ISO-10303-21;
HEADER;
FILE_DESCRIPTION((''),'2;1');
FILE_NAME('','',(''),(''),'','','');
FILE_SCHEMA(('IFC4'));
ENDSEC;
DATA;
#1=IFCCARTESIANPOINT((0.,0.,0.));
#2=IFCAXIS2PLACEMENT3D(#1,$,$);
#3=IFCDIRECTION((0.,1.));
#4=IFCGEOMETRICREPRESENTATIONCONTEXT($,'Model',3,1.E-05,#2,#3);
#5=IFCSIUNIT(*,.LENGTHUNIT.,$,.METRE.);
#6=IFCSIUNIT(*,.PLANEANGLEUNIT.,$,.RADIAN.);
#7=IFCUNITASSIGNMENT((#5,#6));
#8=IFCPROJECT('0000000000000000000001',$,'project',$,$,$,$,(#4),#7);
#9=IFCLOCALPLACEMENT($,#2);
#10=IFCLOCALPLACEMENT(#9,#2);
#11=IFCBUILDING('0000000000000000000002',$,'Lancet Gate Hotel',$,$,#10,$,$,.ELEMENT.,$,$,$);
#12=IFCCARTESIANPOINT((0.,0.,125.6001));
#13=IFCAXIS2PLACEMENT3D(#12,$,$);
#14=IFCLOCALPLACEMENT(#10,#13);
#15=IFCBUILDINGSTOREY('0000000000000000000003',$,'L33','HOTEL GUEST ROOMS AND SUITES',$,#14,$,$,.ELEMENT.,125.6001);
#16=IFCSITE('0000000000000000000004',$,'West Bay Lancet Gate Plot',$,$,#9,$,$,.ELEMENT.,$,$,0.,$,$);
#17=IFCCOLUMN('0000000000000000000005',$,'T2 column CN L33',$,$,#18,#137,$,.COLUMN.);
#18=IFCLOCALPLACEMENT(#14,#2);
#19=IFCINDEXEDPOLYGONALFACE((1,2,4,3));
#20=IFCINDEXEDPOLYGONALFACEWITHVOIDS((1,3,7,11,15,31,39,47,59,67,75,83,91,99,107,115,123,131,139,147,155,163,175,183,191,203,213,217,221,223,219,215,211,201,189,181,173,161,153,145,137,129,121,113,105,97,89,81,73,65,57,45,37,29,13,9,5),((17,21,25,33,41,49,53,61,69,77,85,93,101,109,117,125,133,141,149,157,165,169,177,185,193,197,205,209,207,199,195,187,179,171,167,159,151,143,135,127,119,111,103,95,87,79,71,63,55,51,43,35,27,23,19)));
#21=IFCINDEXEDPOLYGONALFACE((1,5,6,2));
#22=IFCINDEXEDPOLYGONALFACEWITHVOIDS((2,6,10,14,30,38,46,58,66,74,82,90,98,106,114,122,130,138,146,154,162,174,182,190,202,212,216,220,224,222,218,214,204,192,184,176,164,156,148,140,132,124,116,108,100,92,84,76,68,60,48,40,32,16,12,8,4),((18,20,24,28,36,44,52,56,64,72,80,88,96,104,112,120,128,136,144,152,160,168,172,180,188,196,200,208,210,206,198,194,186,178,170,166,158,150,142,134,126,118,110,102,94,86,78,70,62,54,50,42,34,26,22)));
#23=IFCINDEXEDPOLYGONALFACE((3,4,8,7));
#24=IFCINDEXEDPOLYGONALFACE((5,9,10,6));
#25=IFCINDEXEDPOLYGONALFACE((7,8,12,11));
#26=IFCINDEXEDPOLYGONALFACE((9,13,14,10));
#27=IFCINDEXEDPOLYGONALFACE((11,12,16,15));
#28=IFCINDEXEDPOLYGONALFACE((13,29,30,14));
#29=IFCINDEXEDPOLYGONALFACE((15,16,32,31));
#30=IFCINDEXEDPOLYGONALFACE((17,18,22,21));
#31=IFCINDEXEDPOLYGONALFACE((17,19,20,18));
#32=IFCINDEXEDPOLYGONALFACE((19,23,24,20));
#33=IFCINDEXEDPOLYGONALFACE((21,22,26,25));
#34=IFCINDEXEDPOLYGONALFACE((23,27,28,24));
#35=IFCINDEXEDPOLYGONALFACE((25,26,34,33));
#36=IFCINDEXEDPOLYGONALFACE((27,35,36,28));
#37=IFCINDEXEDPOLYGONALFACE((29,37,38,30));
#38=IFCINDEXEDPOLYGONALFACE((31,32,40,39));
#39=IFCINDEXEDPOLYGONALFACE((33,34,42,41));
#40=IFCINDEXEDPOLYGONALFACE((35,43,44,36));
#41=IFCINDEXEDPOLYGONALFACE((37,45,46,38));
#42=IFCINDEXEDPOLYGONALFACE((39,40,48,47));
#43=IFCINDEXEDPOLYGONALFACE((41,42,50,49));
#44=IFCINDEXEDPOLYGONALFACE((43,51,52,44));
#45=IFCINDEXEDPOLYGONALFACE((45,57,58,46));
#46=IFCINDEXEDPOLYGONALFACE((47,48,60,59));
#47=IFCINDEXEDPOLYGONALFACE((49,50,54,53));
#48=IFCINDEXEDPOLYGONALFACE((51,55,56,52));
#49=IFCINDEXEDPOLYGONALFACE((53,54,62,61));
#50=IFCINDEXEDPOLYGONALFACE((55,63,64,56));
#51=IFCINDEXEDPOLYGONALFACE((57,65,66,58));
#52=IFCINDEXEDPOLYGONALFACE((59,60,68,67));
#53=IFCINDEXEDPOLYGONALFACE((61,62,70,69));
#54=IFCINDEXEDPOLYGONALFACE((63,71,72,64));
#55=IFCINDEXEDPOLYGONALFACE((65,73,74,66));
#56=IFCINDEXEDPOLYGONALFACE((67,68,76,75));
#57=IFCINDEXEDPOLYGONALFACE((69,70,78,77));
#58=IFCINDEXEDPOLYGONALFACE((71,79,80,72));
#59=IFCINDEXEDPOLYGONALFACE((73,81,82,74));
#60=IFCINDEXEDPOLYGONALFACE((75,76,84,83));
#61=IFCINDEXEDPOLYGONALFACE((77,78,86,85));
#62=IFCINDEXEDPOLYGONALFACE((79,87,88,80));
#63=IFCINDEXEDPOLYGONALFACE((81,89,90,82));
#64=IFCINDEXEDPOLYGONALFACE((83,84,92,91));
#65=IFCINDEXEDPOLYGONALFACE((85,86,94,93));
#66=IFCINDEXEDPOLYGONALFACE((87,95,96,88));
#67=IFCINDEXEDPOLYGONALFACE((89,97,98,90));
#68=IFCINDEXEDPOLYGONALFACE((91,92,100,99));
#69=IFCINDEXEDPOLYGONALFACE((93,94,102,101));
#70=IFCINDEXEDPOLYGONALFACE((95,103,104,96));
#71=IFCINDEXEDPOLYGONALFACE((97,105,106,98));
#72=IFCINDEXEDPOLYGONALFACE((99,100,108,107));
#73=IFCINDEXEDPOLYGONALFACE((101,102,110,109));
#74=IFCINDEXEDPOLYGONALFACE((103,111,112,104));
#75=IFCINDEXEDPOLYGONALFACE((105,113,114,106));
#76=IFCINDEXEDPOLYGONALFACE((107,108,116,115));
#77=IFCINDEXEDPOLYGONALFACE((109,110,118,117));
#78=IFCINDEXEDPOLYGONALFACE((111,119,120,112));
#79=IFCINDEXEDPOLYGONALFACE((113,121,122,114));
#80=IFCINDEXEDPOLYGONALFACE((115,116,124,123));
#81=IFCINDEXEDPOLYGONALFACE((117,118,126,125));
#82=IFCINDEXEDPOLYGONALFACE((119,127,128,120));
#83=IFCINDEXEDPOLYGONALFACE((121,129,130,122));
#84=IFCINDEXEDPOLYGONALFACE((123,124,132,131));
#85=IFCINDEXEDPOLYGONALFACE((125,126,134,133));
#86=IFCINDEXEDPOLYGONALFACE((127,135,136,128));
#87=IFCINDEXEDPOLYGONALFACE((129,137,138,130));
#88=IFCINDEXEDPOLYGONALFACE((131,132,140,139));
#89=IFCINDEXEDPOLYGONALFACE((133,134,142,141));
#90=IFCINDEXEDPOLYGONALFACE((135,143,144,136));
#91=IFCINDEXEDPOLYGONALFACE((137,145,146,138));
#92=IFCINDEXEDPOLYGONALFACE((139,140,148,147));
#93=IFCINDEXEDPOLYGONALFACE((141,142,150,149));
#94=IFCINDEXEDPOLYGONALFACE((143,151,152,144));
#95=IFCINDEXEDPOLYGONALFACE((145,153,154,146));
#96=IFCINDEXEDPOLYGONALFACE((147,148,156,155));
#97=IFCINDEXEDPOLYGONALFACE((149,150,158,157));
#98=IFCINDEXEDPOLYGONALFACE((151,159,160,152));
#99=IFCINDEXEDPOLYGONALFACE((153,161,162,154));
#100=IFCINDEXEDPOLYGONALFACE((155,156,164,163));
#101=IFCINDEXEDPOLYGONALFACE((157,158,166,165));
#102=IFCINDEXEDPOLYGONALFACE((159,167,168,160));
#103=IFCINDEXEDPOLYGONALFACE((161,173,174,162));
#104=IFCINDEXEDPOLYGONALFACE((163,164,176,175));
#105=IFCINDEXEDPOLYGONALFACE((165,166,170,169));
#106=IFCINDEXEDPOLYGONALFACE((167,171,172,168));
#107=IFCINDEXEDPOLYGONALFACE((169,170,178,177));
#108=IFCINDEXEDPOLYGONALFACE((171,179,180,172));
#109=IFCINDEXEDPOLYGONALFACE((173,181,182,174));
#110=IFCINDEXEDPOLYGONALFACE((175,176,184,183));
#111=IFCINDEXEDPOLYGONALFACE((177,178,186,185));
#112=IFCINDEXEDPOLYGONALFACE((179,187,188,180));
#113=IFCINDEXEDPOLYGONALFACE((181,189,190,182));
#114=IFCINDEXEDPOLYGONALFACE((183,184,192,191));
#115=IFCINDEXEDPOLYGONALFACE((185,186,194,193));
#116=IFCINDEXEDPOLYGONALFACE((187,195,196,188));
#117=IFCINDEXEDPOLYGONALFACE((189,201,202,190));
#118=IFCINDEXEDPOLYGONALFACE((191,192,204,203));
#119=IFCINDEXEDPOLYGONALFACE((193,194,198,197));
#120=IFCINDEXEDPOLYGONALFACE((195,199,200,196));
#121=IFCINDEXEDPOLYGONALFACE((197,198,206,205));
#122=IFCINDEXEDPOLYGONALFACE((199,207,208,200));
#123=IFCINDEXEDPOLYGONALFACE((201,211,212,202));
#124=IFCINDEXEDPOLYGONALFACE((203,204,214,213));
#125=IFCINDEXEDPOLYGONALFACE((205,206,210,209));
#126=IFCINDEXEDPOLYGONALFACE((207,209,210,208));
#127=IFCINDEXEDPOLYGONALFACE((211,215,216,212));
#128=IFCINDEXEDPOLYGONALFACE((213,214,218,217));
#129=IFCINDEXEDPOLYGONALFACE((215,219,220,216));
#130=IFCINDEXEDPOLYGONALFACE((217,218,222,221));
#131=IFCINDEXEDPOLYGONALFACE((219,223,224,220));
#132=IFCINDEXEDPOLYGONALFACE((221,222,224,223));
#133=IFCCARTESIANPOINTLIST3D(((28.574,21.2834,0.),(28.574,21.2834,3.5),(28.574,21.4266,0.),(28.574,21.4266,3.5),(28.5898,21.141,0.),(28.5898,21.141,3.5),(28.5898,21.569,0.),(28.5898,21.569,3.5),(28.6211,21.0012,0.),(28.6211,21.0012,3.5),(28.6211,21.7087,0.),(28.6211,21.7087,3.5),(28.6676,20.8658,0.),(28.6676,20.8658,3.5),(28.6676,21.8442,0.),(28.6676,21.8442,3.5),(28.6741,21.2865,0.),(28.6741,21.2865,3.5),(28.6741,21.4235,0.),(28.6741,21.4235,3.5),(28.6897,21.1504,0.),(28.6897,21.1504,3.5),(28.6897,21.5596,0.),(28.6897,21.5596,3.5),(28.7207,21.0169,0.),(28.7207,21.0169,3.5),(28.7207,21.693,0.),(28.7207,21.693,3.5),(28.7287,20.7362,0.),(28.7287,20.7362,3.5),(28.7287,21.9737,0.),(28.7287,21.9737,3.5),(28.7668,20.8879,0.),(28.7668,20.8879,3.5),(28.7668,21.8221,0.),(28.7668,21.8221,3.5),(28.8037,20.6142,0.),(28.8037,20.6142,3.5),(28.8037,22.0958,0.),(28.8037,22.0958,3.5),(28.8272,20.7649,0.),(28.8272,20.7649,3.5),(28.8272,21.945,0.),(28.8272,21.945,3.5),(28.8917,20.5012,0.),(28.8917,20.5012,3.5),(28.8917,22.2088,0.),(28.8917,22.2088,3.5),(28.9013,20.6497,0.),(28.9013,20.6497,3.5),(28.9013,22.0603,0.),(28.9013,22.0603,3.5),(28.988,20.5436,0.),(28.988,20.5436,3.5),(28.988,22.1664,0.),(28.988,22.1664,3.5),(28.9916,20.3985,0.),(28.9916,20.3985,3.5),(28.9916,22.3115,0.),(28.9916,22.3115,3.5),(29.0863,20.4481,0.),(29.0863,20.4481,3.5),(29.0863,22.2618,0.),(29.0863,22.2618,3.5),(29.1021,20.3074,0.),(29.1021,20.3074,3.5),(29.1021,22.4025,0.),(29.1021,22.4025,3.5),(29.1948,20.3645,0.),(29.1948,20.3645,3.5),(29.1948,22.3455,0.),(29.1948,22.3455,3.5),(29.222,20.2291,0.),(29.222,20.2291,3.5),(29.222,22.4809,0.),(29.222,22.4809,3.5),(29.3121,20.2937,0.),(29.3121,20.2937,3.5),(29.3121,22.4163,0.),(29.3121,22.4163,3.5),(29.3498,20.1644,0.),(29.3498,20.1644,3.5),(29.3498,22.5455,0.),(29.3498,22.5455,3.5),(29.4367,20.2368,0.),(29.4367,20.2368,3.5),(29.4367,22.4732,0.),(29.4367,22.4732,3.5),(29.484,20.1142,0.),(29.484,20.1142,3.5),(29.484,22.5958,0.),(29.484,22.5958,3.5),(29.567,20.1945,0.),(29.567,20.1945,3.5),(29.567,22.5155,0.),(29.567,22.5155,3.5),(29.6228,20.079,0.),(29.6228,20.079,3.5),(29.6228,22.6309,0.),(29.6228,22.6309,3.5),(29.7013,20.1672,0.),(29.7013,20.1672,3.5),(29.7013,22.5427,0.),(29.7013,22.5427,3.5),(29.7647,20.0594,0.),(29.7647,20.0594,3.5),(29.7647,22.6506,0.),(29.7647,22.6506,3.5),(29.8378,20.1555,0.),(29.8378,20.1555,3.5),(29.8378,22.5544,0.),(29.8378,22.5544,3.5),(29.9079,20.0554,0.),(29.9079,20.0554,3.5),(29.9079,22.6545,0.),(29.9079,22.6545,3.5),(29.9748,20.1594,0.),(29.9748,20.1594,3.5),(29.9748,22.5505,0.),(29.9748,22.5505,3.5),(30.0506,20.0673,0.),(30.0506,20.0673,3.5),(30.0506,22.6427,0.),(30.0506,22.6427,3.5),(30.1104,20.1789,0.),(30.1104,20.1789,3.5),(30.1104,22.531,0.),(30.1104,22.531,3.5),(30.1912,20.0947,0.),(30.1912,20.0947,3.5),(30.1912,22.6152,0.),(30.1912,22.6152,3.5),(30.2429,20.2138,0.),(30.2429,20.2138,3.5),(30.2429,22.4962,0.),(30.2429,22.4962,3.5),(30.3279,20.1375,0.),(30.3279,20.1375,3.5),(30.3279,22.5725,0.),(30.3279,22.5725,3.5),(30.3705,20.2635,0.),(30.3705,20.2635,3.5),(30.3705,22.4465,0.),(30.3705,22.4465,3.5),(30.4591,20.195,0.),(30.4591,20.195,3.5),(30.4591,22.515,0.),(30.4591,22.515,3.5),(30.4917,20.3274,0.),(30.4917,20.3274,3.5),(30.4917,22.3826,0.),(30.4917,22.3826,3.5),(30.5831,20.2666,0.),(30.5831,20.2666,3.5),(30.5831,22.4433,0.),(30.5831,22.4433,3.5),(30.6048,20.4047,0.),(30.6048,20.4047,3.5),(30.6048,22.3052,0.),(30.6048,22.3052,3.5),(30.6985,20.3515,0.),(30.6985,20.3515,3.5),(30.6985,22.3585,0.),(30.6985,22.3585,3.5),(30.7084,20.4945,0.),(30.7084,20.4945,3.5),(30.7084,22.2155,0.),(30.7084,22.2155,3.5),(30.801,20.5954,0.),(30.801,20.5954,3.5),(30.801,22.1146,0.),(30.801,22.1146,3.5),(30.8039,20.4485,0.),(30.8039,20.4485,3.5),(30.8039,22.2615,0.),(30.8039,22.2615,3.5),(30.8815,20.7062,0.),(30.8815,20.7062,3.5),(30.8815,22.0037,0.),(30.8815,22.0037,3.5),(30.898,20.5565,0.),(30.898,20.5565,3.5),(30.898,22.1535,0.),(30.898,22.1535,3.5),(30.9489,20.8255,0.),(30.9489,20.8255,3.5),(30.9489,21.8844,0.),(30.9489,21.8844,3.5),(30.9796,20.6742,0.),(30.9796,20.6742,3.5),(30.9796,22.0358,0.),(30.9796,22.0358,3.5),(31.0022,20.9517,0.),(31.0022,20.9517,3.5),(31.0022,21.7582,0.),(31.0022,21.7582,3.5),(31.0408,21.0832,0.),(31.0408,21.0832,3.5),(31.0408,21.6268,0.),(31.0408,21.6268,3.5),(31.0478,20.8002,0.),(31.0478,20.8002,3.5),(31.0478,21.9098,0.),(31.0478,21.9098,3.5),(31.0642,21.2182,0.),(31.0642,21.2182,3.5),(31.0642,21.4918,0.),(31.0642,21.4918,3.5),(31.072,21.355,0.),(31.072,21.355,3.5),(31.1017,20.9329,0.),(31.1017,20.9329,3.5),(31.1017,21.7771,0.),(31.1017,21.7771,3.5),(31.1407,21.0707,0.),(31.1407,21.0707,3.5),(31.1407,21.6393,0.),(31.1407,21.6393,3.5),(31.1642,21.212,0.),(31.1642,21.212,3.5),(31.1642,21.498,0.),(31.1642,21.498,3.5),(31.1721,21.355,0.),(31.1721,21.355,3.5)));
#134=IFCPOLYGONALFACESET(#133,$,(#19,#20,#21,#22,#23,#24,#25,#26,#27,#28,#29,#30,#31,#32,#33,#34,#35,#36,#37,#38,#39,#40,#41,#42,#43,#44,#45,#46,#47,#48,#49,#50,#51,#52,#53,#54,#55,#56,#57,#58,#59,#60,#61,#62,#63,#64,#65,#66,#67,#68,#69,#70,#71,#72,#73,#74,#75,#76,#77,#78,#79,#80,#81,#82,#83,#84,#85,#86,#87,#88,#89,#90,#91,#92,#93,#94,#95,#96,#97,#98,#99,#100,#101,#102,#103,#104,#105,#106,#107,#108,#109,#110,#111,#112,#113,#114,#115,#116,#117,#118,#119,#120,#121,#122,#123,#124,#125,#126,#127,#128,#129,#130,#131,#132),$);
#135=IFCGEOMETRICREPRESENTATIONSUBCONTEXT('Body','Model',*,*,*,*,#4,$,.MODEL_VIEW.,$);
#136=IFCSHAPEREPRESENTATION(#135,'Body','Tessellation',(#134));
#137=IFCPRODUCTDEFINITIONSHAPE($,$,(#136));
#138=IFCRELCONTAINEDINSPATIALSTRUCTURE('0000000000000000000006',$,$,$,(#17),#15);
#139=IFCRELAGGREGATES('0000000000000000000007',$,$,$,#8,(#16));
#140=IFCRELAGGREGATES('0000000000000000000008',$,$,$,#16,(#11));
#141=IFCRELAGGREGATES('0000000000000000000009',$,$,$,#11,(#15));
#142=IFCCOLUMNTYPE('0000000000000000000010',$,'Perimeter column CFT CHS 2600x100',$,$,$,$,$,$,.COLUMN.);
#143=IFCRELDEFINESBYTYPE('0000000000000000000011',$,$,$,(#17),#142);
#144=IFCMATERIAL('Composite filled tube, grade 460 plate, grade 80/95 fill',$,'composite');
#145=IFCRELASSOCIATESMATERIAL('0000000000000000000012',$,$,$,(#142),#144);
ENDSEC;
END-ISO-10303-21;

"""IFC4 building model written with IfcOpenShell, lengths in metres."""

from ifc_helpers import new_model, si_unit, direction, frame, origin, origin_2d, place, context, subcontext, project, spatial, hollow_circle, extrude, material, material_profile, profile_set, type_object, element, save


model = new_model("IFC4")

# Units and contexts
model_context = context("Model", 3, precision=1e-05, world=origin(), true_north=direction((0.0, 1.0)))
body_context = subcontext(model_context, "Body", "Model", "MODEL_VIEW")
ifc_project = project(units=[si_unit("LENGTHUNIT", "METRE"), si_unit("PLANEANGLEUNIT", "RADIAN")], contexts=[model_context])

# Site, building, storey
site_placement = place(None, origin())
site = spatial("IfcSite", under=ifc_project, at=site_placement, Name="West Bay Lancet Gate Plot", CompositionType="ELEMENT", RefElevation=0.0)
building_placement = place(site_placement, origin())
building = spatial("IfcBuilding", under=site, at=building_placement, Name="Lancet Gate Hotel", CompositionType="ELEMENT")
storey_placement = place(building_placement, frame((0.0, 0.0, 125.6001)))
storey = spatial("IfcBuildingStorey", under=building, at=storey_placement, Name="L33", Description="HOTEL GUEST ROOMS AND SUITES", CompositionType="ELEMENT", Elevation=125.6001)

# Column
ifc_material_1 = material(Name="Composite filled tube, grade 460 plate, grade 80/95 fill", Category="composite")
ifc_material_profile_1 = material_profile(ifc_material_1, hollow_circle(Radius=1.3, WallThickness=0.1001, at=origin_2d()), Name="CHS 2600x100")
ifc_profile_set_1 = profile_set([ifc_material_profile_1], Name="Composite filled tube, grade 460 plate, grade 80/95 fill")
column_type = type_object("IfcColumnType", Name="Perimeter column CFT CHS 2600x100", PredefinedType="COLUMN", material=ifc_profile_set_1)
for number, where, z_axis, x_axis, name in (
    (1, (29.8721, 21.355, 0.0), (0.0, 0.0, 1.0), (1.0, 0.0, 0.0), "T2 column CN L33"),
):
    element("IfcColumn", number, at=place(storey_placement, frame(where, z_axis=z_axis, x_axis=x_axis)), inside=storey, type_object=column_type, Name=name, PredefinedType="COLUMN", context=body_context, shape_type="SweptSolid", body=[
        extrude(hollow_circle(Radius=1.3, WallThickness=0.1001, at=origin_2d()), origin(), (0.0, 0.0, 1.0), 3.5),
    ])

save(model, "model.ifc")
